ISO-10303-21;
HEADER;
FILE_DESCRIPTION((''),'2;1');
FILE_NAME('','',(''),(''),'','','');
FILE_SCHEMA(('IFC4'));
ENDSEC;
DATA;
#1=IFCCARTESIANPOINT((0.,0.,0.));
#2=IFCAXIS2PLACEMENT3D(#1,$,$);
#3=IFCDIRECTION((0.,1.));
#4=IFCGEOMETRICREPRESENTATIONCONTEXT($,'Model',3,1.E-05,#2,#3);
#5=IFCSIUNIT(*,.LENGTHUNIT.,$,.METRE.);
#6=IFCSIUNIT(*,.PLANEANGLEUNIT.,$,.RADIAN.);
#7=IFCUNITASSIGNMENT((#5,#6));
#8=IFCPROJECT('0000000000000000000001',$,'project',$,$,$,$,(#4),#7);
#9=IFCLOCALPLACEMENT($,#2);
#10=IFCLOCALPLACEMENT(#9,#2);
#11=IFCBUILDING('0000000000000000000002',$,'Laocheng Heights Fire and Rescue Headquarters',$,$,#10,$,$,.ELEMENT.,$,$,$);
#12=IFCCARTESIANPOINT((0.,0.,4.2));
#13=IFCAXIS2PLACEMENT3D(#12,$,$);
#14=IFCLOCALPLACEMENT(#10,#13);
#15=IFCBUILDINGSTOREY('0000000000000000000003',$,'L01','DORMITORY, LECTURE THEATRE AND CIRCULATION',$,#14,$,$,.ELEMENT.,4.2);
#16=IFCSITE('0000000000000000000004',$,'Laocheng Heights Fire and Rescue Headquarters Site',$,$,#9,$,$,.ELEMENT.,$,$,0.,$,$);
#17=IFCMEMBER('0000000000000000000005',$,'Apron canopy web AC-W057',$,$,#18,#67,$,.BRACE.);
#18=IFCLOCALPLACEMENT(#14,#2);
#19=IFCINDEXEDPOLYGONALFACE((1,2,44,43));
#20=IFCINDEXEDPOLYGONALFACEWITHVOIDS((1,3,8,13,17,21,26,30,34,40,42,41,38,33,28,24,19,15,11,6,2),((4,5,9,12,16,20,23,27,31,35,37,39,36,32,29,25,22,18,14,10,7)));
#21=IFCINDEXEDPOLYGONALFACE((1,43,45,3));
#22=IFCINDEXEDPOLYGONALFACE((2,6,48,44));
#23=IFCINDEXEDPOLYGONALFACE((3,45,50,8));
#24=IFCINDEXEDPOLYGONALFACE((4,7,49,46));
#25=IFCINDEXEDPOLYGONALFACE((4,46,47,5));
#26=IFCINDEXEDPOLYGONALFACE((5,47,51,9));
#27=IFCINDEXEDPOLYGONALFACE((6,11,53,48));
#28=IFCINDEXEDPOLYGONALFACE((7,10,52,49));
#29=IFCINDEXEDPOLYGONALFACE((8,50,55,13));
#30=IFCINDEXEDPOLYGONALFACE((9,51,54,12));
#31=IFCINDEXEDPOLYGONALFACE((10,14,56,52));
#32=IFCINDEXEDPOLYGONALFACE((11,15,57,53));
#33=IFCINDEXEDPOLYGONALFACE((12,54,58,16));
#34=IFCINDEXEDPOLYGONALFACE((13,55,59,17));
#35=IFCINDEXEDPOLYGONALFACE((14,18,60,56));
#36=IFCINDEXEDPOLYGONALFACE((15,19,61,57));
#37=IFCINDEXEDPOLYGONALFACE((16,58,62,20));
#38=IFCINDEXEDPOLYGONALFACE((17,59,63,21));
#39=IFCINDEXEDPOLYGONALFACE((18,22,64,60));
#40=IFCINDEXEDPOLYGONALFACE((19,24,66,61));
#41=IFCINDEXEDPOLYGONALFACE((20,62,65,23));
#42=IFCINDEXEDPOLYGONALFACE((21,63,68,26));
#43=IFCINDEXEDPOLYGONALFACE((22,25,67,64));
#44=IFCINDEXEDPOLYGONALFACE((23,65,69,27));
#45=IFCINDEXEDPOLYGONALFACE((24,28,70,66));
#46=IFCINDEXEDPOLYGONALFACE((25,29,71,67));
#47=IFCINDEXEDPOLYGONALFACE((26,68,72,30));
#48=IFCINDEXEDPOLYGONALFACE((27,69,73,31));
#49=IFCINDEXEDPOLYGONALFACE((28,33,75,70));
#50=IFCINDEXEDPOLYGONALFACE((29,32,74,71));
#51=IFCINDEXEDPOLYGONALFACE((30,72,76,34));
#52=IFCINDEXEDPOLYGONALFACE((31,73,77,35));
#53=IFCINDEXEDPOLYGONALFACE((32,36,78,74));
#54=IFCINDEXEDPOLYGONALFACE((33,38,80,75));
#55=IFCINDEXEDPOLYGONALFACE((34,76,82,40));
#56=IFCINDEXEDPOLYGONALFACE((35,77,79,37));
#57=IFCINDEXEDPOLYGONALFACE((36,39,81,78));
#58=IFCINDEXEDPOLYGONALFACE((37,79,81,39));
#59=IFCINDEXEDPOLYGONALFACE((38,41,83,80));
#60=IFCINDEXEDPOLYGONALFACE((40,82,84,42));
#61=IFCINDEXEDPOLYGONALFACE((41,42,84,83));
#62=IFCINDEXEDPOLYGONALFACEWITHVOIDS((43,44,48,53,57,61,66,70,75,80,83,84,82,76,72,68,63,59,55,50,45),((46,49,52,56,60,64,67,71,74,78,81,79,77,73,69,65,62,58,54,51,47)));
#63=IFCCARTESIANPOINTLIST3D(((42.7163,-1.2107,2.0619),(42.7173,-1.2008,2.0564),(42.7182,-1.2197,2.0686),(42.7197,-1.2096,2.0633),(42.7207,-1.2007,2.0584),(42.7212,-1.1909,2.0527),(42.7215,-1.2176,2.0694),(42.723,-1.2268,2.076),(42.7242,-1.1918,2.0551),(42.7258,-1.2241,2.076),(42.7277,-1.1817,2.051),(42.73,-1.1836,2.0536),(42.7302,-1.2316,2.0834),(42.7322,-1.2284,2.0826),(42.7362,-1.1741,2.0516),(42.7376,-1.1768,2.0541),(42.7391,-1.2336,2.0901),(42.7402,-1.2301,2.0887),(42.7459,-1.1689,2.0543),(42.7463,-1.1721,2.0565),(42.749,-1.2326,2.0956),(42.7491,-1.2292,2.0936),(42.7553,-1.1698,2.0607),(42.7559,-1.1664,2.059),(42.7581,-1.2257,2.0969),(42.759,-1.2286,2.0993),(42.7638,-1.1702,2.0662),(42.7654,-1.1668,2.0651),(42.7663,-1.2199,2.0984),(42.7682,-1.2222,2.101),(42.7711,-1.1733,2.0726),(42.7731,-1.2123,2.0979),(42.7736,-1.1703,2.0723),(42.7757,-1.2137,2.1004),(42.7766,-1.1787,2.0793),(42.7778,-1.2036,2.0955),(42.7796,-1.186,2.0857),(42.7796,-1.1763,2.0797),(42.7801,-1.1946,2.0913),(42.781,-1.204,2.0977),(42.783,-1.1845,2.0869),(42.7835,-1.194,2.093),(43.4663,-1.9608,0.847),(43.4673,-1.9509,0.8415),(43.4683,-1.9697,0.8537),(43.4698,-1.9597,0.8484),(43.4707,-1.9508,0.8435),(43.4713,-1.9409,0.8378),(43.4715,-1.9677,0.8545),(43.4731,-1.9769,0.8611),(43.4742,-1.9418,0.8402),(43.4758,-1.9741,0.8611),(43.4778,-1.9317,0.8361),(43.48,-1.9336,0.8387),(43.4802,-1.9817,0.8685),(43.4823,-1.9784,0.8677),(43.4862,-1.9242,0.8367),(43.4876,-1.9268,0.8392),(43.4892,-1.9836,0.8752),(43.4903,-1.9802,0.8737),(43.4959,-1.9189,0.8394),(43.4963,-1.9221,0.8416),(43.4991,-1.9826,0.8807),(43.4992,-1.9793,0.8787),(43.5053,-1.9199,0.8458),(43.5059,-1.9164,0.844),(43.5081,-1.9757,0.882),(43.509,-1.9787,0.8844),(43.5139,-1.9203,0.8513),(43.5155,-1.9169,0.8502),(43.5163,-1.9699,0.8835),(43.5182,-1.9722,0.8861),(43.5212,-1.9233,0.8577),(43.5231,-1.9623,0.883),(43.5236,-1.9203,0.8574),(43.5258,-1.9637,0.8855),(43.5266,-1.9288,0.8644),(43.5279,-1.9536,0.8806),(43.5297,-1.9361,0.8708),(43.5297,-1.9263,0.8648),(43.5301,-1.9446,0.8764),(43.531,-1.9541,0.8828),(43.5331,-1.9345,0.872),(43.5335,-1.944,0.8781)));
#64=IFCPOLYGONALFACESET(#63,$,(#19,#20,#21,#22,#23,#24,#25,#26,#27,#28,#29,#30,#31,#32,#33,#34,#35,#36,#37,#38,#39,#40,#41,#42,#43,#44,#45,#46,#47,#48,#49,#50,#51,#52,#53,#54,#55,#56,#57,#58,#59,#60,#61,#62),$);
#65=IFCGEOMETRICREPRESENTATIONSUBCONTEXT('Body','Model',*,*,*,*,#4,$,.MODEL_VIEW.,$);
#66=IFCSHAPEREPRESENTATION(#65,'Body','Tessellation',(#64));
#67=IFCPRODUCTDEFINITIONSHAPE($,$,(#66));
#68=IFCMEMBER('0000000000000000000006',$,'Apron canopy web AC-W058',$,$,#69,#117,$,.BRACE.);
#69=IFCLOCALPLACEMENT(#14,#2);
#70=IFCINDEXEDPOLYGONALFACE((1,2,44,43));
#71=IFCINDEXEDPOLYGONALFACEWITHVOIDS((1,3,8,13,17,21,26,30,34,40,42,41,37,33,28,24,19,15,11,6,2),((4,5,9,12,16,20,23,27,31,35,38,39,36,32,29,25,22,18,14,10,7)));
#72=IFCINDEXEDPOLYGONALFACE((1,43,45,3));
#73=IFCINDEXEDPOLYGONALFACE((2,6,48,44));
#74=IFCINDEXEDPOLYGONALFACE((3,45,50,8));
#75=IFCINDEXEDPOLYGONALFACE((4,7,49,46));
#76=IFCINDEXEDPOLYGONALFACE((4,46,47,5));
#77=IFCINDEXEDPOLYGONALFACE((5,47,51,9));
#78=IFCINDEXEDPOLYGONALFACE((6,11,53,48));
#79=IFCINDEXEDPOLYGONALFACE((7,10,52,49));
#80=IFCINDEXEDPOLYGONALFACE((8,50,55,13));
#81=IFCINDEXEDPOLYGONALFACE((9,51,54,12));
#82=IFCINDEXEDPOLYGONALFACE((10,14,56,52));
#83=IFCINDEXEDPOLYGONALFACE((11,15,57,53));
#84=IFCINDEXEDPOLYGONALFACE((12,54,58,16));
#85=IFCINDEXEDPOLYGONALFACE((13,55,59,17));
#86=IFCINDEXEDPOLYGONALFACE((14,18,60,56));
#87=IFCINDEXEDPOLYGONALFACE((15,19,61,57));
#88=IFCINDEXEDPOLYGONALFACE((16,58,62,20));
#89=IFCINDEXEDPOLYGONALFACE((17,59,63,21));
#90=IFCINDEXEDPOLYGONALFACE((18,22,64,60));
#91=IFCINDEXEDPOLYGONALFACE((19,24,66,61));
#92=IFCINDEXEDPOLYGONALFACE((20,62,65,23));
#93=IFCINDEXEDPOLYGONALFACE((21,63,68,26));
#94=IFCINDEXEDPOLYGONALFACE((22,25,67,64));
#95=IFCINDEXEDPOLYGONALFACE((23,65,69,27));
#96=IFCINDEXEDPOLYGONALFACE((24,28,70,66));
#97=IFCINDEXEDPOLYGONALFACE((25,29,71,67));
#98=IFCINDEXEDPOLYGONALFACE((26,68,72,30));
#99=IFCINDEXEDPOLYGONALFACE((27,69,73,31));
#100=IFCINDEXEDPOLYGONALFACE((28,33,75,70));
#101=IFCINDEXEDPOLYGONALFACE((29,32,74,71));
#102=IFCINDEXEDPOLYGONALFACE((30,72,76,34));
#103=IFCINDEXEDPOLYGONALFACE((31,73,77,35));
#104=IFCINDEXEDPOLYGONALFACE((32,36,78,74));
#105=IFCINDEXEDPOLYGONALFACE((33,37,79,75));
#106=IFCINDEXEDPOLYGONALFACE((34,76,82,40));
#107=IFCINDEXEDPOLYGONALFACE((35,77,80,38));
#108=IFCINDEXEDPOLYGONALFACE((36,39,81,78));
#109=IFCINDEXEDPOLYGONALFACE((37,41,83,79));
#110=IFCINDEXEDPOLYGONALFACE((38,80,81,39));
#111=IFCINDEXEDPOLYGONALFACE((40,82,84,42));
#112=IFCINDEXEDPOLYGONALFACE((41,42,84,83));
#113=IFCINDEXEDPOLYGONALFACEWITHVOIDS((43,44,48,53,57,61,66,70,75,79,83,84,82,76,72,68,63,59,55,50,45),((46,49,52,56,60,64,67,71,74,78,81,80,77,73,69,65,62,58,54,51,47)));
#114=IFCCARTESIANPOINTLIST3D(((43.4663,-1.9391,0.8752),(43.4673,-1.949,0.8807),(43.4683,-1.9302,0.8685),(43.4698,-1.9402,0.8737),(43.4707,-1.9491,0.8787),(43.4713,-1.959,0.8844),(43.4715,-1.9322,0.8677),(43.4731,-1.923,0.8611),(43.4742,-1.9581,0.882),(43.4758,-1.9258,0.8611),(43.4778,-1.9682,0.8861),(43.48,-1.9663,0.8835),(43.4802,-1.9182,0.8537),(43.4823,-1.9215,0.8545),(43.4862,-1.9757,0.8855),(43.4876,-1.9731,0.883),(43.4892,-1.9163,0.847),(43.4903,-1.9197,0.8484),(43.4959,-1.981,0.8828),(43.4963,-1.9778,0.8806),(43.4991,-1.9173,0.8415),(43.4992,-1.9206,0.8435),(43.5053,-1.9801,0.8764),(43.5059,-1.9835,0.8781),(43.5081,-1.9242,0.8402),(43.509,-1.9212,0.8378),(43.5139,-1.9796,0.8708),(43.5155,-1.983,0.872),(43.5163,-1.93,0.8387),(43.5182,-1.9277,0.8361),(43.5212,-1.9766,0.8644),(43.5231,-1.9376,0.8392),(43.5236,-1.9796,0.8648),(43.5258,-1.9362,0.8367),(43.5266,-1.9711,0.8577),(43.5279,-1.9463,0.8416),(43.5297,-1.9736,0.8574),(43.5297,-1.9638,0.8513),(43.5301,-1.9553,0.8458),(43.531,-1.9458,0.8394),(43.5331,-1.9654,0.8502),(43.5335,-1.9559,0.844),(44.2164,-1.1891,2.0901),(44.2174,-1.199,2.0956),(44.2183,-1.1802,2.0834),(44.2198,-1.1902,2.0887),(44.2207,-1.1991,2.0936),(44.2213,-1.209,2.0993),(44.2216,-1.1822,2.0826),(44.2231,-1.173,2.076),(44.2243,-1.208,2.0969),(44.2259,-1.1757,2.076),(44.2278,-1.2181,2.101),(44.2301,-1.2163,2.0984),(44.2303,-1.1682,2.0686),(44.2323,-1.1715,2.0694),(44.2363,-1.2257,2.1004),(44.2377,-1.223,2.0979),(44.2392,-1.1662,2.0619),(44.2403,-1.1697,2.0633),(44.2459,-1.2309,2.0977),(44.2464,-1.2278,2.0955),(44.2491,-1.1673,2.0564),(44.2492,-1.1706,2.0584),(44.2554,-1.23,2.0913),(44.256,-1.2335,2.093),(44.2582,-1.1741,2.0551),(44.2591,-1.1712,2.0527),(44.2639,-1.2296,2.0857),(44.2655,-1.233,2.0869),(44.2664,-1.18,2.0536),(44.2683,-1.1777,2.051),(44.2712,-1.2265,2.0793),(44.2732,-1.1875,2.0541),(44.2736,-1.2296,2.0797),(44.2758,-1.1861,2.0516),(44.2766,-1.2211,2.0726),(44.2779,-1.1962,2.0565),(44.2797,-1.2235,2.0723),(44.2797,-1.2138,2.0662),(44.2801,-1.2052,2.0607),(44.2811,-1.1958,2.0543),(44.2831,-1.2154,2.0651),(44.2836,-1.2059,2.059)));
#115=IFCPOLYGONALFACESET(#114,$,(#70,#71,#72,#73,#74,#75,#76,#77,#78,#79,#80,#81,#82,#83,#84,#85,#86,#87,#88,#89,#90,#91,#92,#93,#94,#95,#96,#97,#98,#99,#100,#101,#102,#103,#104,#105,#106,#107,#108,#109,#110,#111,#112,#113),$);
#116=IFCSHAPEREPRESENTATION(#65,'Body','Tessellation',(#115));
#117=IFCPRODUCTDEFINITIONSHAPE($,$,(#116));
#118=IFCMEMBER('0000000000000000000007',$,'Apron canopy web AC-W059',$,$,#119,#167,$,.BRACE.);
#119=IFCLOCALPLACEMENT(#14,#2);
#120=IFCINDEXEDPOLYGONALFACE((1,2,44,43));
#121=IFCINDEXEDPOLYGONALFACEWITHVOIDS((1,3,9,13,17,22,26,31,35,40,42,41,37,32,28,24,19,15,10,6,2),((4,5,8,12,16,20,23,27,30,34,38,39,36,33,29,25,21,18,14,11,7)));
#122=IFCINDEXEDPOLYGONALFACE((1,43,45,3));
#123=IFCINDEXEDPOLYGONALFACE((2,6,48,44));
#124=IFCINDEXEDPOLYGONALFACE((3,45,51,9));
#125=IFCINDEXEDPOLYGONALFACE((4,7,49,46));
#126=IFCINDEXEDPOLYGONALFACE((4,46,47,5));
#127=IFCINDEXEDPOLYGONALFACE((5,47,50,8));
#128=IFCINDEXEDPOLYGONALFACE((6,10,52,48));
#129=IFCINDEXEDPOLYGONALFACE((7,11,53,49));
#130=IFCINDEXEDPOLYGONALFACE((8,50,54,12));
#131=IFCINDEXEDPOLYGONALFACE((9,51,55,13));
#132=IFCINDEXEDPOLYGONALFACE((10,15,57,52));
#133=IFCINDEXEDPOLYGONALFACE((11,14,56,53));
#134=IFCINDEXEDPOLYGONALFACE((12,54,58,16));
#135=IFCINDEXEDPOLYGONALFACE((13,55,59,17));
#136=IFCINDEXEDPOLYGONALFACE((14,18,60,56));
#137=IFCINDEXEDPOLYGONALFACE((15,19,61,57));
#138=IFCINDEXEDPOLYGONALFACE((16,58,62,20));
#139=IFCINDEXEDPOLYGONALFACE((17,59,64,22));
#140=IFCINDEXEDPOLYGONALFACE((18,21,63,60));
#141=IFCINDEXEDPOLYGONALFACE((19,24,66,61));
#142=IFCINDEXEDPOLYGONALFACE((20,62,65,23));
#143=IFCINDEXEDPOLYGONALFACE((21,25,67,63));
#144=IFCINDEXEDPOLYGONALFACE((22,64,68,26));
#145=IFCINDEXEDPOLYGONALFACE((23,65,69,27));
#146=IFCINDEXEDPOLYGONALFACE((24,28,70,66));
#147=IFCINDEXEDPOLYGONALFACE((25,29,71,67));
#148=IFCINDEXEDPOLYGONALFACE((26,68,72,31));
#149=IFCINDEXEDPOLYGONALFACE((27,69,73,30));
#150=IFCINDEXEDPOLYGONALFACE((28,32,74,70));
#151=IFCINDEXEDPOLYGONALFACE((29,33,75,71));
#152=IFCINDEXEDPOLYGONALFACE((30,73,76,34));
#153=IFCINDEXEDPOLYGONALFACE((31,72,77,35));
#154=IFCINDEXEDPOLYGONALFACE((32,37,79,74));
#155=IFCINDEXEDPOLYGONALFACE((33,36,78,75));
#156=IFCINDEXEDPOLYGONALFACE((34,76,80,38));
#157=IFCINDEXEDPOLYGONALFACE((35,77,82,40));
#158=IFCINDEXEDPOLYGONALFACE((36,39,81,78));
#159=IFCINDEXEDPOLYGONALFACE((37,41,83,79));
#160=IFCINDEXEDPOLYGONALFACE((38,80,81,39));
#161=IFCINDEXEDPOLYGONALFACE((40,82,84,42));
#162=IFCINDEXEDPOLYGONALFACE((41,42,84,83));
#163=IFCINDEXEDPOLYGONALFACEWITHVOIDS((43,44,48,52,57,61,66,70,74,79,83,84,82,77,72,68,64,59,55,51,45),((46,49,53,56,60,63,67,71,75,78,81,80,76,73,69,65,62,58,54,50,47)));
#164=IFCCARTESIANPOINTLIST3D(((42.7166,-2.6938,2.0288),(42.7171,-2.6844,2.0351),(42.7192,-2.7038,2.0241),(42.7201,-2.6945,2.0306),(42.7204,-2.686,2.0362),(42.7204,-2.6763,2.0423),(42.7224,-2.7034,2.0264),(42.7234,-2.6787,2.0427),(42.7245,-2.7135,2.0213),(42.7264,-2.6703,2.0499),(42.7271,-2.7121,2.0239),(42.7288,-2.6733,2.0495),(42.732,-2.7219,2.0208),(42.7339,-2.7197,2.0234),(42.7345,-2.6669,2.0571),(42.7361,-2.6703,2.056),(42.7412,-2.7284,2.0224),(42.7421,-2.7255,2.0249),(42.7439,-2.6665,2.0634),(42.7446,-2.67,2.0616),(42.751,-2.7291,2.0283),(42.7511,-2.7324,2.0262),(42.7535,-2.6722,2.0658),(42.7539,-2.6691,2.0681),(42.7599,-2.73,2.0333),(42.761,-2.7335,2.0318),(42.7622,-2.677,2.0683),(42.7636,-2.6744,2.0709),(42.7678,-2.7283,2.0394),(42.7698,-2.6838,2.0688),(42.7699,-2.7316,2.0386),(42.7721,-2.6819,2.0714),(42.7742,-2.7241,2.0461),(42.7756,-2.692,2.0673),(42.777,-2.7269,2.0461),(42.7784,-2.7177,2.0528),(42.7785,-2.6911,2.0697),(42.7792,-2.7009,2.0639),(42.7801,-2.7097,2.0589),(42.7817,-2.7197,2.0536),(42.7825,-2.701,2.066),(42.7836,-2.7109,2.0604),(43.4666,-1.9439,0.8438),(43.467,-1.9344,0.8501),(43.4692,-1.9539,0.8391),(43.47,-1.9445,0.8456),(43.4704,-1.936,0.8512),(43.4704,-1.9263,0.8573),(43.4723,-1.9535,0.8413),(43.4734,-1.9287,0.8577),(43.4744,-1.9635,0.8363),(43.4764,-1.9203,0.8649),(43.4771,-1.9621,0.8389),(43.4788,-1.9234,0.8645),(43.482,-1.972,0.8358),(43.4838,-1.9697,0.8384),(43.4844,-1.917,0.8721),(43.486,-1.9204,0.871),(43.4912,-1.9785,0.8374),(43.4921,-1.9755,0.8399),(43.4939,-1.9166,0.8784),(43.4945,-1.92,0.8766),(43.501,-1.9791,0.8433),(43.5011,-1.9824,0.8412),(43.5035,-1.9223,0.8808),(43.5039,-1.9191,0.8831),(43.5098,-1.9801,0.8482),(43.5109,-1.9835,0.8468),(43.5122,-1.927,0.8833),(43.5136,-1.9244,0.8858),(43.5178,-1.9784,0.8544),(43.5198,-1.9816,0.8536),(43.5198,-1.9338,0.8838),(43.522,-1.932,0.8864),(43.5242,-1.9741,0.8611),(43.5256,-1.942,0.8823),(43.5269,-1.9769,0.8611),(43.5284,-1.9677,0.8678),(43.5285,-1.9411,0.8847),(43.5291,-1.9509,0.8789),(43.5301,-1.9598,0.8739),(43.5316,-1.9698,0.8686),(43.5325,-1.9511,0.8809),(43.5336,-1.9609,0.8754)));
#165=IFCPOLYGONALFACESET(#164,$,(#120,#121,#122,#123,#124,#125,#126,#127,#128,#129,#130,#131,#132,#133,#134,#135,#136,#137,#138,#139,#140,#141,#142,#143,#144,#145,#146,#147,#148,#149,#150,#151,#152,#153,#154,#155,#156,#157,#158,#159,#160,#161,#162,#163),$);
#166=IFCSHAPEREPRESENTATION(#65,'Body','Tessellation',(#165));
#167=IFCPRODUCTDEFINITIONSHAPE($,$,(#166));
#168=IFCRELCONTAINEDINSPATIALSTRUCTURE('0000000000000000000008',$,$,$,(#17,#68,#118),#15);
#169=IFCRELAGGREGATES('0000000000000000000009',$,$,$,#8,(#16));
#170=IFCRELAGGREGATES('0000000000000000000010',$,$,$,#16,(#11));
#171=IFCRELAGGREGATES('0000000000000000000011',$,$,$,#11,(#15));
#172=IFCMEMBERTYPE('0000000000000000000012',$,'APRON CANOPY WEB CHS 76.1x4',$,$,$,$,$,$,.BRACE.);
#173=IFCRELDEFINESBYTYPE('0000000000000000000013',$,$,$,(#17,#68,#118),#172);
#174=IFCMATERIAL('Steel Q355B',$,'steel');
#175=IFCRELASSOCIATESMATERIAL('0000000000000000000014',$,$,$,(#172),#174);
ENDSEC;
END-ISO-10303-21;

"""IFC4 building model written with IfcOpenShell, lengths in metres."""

from ifc_helpers import new_model, si_unit, direction, frame, origin, origin_2d, place, context, subcontext, project, spatial, hollow_circle, extrude, material, material_profile, profile_set, type_object, element, save


model = new_model("IFC4")

# Units and contexts
model_context = context("Model", 3, precision=1e-05, world=origin(), true_north=direction((0.0, 1.0)))
body_context = subcontext(model_context, "Body", "Model", "MODEL_VIEW")
ifc_project = project(units=[si_unit("LENGTHUNIT", "METRE"), si_unit("PLANEANGLEUNIT", "RADIAN")], contexts=[model_context])

# Site, building, storey
site_placement = place(None, origin())
site = spatial("IfcSite", under=ifc_project, at=site_placement, Name="Laocheng Heights Fire and Rescue Headquarters Site", CompositionType="ELEMENT", RefElevation=0.0)
building_placement = place(site_placement, origin())
building = spatial("IfcBuilding", under=site, at=building_placement, Name="Laocheng Heights Fire and Rescue Headquarters", CompositionType="ELEMENT")
storey_placement = place(building_placement, frame((0.0, 0.0, 4.2)))
storey = spatial("IfcBuildingStorey", under=building, at=storey_placement, Name="L01", Description="DORMITORY, LECTURE THEATRE AND CIRCULATION", CompositionType="ELEMENT", Elevation=4.2)

# Members
ifc_material_1 = material(Name="Steel Q355B", Category="steel")
ifc_material_profile_1 = material_profile(ifc_material_1, hollow_circle(Radius=0.0381, WallThickness=0.0039, at=origin_2d()), Name="CHS 76.1x4")
ifc_profile_set_1 = profile_set([ifc_material_profile_1], Name="Steel Q355B")
member_type_1 = type_object("IfcMemberType", Name="APRON CANOPY WEB CHS 76.1x4", PredefinedType="BRACE", material=ifc_profile_set_1)
for number, where, z_axis, x_axis, name in (
    (1, (43.5, -1.95, 0.8611), (-0.465055, 0.465055, 0.753292), (-0.707107, -0.707107, 0.0), "Apron canopy web AC-W057"),
    (2, (43.5, -1.95, 0.8611), (0.465055, 0.465055, 0.753292), (-0.707107, 0.707107, 0.0), "Apron canopy web AC-W058"),
):
    element("IfcMember", number, at=place(storey_placement, frame(where, z_axis=z_axis, x_axis=x_axis)), inside=storey, type_object=member_type_1, Name=name, PredefinedType="BRACE", context=body_context, shape_type="SweptSolid", body=[
        extrude(hollow_circle(Radius=0.0381, WallThickness=0.0039, at=origin_2d()), origin(), (0.0, 0.0, 1.0), 1.6128),
    ])
for number, where, z_axis, x_axis, name in (
    (3, (43.5, -1.95, 0.8611), (-0.47158, -0.47158, 0.745134), (0.707107, -0.707107, 0.0), "Apron canopy web AC-W059"),
):
    element("IfcMember", number, at=place(storey_placement, frame(where, z_axis=z_axis, x_axis=x_axis)), inside=storey, type_object=member_type_1, Name=name, PredefinedType="BRACE", context=body_context, shape_type="SweptSolid", body=[
        extrude(hollow_circle(Radius=0.0381, WallThickness=0.0039, at=origin_2d()), origin(), (0.0, 0.0, 1.0), 1.5903),
    ])

save(model, "model.ifc")
